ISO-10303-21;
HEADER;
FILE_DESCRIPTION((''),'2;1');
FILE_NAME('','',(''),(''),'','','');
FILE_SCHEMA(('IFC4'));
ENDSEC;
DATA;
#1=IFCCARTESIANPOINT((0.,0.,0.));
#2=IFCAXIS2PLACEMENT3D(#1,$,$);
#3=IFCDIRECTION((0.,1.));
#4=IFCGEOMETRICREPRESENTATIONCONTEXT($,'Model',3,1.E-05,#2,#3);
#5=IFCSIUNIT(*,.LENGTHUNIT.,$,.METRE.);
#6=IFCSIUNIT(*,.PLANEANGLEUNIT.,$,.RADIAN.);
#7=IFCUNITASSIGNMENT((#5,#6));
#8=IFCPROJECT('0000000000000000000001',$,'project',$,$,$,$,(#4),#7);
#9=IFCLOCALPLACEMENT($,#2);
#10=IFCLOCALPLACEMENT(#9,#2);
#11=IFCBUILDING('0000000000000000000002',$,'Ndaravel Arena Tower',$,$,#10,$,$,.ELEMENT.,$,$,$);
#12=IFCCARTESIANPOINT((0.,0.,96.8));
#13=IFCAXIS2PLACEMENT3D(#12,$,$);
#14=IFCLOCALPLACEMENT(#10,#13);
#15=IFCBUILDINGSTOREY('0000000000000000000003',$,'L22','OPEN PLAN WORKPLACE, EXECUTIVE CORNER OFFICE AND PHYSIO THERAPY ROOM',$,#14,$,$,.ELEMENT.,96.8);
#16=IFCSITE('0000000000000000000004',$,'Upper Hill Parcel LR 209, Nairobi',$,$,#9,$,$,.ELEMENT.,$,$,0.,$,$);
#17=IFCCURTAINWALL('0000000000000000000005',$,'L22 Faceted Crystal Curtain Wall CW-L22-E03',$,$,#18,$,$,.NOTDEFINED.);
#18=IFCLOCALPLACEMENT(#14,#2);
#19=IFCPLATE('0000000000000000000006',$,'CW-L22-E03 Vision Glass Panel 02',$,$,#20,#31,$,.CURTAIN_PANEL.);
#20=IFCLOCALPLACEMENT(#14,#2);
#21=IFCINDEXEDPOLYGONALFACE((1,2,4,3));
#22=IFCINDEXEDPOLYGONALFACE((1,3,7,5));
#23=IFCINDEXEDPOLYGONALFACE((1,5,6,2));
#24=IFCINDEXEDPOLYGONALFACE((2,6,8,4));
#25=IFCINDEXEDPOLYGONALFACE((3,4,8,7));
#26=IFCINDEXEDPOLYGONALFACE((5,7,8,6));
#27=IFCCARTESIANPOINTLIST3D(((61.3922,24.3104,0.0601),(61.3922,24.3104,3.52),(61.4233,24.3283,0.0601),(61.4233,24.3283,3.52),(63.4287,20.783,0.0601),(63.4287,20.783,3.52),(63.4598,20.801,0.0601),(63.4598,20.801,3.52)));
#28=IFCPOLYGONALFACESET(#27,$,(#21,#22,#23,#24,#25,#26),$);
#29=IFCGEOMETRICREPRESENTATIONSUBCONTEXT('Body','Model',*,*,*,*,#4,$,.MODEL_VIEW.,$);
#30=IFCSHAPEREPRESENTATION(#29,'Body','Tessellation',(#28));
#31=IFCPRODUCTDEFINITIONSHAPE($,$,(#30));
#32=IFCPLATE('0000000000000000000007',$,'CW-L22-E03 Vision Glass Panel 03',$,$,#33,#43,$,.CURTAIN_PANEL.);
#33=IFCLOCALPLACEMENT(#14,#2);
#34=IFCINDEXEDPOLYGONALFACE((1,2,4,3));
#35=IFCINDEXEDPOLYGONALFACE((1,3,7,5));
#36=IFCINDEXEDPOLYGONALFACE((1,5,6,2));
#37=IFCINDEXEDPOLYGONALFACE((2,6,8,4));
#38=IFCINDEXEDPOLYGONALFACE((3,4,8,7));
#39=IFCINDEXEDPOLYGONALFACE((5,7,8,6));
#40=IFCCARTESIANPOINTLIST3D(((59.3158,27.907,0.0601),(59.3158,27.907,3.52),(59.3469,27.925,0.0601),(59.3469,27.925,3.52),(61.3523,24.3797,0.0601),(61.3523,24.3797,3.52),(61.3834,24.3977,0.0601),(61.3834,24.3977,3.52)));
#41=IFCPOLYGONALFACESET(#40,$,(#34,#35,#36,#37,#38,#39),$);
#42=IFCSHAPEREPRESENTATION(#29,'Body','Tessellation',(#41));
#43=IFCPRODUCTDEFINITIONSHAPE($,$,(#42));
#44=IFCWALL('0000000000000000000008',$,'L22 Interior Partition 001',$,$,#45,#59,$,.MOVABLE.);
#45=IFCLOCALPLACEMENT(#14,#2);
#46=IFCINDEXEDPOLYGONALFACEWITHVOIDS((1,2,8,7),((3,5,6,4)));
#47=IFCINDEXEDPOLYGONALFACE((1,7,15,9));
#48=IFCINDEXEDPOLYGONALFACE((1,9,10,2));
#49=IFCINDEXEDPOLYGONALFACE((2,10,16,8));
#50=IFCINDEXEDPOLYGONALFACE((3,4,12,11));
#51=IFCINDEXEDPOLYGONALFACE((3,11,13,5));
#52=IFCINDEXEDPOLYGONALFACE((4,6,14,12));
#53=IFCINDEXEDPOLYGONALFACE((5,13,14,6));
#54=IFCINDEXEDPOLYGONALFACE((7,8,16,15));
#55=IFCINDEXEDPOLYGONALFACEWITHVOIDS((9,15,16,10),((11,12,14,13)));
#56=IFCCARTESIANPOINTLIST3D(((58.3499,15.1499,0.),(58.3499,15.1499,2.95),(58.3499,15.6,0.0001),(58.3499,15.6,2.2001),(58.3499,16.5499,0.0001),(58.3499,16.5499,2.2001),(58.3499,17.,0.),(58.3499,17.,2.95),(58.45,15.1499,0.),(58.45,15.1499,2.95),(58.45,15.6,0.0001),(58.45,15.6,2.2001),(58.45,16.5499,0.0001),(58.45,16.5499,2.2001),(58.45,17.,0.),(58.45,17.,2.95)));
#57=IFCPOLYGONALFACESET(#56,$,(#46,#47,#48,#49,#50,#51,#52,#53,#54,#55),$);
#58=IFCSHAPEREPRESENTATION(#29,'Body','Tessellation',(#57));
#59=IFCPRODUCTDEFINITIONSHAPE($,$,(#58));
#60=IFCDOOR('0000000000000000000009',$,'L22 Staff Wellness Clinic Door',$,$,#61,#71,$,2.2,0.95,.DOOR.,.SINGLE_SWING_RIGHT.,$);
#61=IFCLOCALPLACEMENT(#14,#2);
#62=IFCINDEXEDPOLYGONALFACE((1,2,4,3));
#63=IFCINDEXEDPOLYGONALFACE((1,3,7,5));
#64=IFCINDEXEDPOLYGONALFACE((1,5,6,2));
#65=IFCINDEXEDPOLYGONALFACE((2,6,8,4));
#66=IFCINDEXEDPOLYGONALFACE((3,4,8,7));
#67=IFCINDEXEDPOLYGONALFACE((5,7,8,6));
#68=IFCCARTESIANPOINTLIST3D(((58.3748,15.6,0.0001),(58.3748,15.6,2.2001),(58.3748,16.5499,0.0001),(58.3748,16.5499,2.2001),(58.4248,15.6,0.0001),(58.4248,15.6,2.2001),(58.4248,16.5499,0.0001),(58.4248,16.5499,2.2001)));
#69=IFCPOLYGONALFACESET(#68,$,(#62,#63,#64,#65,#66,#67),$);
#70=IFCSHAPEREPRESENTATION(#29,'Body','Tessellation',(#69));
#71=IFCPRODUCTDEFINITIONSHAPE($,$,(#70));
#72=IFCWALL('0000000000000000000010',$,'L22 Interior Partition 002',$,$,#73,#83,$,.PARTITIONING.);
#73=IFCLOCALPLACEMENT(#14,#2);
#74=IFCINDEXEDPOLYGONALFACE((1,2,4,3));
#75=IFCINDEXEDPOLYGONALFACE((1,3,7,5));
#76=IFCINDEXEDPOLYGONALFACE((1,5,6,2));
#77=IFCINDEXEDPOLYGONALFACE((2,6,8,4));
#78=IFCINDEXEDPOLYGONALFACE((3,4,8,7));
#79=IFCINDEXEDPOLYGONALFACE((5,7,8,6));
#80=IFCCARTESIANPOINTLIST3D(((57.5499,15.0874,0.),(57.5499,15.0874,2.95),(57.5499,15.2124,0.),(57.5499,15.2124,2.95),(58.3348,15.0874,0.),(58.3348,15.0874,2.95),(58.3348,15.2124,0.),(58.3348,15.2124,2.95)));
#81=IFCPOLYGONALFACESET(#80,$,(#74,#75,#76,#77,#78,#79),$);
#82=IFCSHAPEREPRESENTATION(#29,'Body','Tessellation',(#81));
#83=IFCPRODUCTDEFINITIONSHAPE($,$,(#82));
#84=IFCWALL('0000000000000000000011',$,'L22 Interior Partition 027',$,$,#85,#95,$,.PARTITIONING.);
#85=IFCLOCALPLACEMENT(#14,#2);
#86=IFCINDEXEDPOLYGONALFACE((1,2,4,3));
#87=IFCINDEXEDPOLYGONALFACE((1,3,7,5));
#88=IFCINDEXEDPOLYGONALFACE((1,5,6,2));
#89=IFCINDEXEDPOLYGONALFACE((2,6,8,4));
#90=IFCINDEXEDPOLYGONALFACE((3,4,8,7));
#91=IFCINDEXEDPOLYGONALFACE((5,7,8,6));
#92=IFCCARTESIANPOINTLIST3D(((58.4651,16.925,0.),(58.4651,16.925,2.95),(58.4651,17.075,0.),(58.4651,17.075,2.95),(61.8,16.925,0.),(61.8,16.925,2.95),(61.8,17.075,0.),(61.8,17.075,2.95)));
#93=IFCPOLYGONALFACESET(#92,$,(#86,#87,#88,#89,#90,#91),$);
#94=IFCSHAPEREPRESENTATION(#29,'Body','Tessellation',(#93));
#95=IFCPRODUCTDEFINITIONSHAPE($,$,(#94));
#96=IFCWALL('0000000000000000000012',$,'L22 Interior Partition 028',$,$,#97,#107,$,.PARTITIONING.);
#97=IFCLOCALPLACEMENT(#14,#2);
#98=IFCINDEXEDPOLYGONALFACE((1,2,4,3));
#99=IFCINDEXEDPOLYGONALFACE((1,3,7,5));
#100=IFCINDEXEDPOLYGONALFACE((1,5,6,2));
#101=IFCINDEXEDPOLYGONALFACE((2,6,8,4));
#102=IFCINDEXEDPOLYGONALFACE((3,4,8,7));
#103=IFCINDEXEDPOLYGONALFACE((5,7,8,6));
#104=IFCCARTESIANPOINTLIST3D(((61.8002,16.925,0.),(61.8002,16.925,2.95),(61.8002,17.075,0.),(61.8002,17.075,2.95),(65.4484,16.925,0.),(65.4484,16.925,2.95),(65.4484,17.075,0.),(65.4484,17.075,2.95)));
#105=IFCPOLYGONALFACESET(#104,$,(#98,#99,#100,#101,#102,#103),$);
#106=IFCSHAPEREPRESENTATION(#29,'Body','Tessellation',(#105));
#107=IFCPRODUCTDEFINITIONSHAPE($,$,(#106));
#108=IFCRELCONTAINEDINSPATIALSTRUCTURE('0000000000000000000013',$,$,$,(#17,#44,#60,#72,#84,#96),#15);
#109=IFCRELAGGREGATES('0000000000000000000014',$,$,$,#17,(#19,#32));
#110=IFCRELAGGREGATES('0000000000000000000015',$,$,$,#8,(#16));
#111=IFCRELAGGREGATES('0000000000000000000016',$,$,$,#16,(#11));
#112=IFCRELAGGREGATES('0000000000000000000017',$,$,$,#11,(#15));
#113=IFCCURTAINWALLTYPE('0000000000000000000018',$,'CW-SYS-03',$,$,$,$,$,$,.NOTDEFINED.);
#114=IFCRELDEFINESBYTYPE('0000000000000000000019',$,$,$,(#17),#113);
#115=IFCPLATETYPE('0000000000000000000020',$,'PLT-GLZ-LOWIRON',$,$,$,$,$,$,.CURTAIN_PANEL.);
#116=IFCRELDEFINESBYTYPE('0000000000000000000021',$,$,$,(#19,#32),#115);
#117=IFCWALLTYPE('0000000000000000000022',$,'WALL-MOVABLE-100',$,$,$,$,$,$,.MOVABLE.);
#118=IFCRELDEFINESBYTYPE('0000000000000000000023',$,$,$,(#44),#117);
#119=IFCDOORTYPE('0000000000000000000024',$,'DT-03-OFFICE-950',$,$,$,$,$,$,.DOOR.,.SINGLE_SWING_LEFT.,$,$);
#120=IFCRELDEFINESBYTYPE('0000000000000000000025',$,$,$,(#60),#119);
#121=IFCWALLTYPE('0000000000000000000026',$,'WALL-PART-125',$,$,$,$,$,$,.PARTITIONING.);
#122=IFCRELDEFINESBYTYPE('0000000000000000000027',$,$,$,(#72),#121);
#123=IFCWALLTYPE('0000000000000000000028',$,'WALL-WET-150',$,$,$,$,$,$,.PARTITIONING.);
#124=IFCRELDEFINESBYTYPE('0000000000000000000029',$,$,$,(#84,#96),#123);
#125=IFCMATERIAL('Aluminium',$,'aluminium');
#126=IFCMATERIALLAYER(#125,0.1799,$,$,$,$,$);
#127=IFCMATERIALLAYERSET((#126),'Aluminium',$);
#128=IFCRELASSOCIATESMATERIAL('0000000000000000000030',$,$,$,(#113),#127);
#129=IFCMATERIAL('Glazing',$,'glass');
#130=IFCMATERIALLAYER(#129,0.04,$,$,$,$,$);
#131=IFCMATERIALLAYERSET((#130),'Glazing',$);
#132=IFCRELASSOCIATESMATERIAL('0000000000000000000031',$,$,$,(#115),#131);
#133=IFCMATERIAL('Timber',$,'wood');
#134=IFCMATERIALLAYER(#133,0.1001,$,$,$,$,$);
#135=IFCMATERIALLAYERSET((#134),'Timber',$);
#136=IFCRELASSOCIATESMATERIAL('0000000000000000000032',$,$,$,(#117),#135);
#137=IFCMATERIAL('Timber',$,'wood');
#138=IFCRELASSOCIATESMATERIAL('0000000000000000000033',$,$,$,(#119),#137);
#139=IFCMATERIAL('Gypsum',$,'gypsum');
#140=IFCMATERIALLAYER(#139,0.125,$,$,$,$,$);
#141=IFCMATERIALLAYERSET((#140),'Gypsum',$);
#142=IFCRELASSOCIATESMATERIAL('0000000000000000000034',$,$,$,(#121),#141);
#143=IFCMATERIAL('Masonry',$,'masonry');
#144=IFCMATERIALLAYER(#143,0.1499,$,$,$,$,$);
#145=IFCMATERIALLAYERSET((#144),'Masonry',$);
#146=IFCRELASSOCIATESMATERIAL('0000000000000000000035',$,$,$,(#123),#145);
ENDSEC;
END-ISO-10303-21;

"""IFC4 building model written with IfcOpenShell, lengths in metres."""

from ifc_helpers import new_model, si_unit, direction, frame, frame_2d, origin, origin_2d, place, context, subcontext, project, spatial, rectangle, extrude, material, layer, layer_set, type_object, element, fill, aggregate, save


model = new_model("IFC4")

# Units and contexts
model_context = context("Model", 3, precision=1e-05, world=origin(), true_north=direction((0.0, 1.0)))
body_context = subcontext(model_context, "Body", "Model", "MODEL_VIEW")
ifc_project = project(units=[si_unit("LENGTHUNIT", "METRE"), si_unit("PLANEANGLEUNIT", "RADIAN")], contexts=[model_context])

# Site, building, storey
site_placement = place(None, origin())
site = spatial("IfcSite", under=ifc_project, at=site_placement, Name="Upper Hill Parcel LR 209, Nairobi", CompositionType="ELEMENT", RefElevation=0.0)
building_placement = place(site_placement, origin())
building = spatial("IfcBuilding", under=site, at=building_placement, Name="Ndaravel Arena Tower", CompositionType="ELEMENT")
storey_placement = place(building_placement, frame((0.0, 0.0, 96.8)))
storey = spatial("IfcBuildingStorey", under=building, at=storey_placement, Name="L22", Description="OPEN PLAN WORKPLACE, EXECUTIVE CORNER OFFICE AND PHYSIO THERAPY ROOM", CompositionType="ELEMENT", Elevation=96.8)

# Curtain wall
ifc_material_1 = material(Name="Aluminium", Category="aluminium")
ifc_layer_1 = layer(ifc_material_1, 0.1799)
ifc_layer_set_1 = layer_set([ifc_layer_1], Name="Aluminium")
curtain_wall_type_1 = type_object("IfcCurtainWallType", Name="CW-SYS-03", PredefinedType="NOTDEFINED", material=ifc_layer_set_1)
curtain_wall_1_placement = place(storey_placement, origin())
curtain_wall_1 = element("IfcCurtainWall", 1, at=curtain_wall_1_placement, inside=storey, type_object=curtain_wall_type_1, Name="L22 Faceted Crystal Curtain Wall CW-L22-E03", PredefinedType="NOTDEFINED")

# Plates
ifc_material_2 = material(Name="Glazing", Category="glass")
ifc_layer_2 = layer(ifc_material_2, 0.04)
ifc_layer_set_2 = layer_set([ifc_layer_2], Name="Glazing")
plate_type_1 = type_object("IfcPlateType", Name="PLT-GLZ-LOWIRON", PredefinedType="CURTAIN_PANEL", material=ifc_layer_set_2)
plate_1_placement = place(storey_placement, frame((62.426, 22.5557, 0.0601), z_axis=(0.0, 0.0, 1.0), x_axis=(-0.5, 0.866025, 0.0)))
plate_1 = element("IfcPlate", 2, at=plate_1_placement, type_object=plate_type_1, Name="CW-L22-E03 Vision Glass Panel 02", PredefinedType="CURTAIN_PANEL", context=body_context, shape_type="SweptSolid", body=[
    extrude(rectangle(XDim=4.073, YDim=0.0359, at=origin_2d()), origin(), (0.0, 0.0, 1.0), 3.46),
])
plate_2_placement = place(storey_placement, frame((60.3496, 26.1523, 0.0601), z_axis=(0.0, 0.0, 1.0), x_axis=(-0.5, 0.866025, 0.0)))
plate_2 = element("IfcPlate", 3, at=plate_2_placement, type_object=plate_type_1, Name="CW-L22-E03 Vision Glass Panel 03", PredefinedType="CURTAIN_PANEL", context=body_context, shape_type="SweptSolid", body=[
    extrude(rectangle(XDim=4.073, YDim=0.0359, at=origin_2d()), origin(), (0.0, 0.0, 1.0), 3.46),
])
aggregate(curtain_wall_1, [plate_1, plate_2])

# Wall, opening, door
ifc_material_3 = material(Name="Timber", Category="wood")
ifc_layer_3 = layer(ifc_material_3, 0.1001)
ifc_layer_set_3 = layer_set([ifc_layer_3], Name="Timber")
wall_type_1 = type_object("IfcWallType", Name="WALL-MOVABLE-100", PredefinedType="MOVABLE", material=ifc_layer_set_3)
wall_1_placement = place(storey_placement, frame((58.3999, 17.0, 0.0), z_axis=(0.0, 0.0, 1.0), x_axis=(0.0, -1.0, 0.0)))
wall_1 = element("IfcWall", 4, at=wall_1_placement, inside=storey, type_object=wall_type_1, Name="L22 Interior Partition 001", PredefinedType="MOVABLE", context=body_context, shape_type="SweptSolid", body=[
    extrude(rectangle(XDim=1.8501, YDim=0.1001, at=frame_2d((0.925, 0.0))), origin(), (0.0, 0.0, 1.0), 2.95),
])
opening_placement = place(wall_1_placement, frame((0.45, 0.0, 0.0)))
opening = element("IfcOpeningElement", 5, at=opening_placement, cuts=wall_1, PredefinedType="OPENING", context=body_context, shape_type="SweptSolid", body=[
    extrude(rectangle(XDim=0.95, YDim=2.2, at=frame_2d((0.4751, 1.1001))), frame((0.0, 0.05, 0.0), z_axis=(0.0, -1.0, 0.0), x_axis=(1.0, 0.0, 0.0)), (0.0, 0.0, 1.0), 0.1001),
])
ifc_material_4 = material(Name="Timber", Category="wood")
door_type = type_object("IfcDoorType", Name="DT-03-OFFICE-950", OperationType="SINGLE_SWING_LEFT", PredefinedType="DOOR", material=ifc_material_4)
door_placement = place(opening_placement, origin())
door = element("IfcDoor", 6, at=door_placement, inside=storey, type_object=door_type, Name="L22 Staff Wellness Clinic Door", OperationType="SINGLE_SWING_RIGHT", OverallHeight=2.2, OverallWidth=0.95, PredefinedType="DOOR", context=body_context, shape_type="SweptSolid", body=[
    extrude(rectangle(XDim=0.95, YDim=2.2, at=frame_2d((0.4751, 1.1001))), frame((0.0, 0.0249, 0.0), z_axis=(0.0, -1.0, 0.0), x_axis=(1.0, 0.0, 0.0)), (0.0, 0.0, 1.0), 0.05),
])
fill(opening, door)

# Walls
ifc_material_5 = material(Name="Gypsum", Category="gypsum")
ifc_layer_4 = layer(ifc_material_5, 0.125)
ifc_layer_set_4 = layer_set([ifc_layer_4], Name="Gypsum")
wall_type_2 = type_object("IfcWallType", Name="WALL-PART-125", PredefinedType="PARTITIONING", material=ifc_layer_set_4)
wall_2_placement = place(storey_placement, frame((58.335, 15.1499, 0.0), z_axis=(0.0, 0.0, 1.0), x_axis=(-1.0, 0.0, 0.0)))
element("IfcWall", 7, at=wall_2_placement, inside=storey, type_object=wall_type_2, Name="L22 Interior Partition 002", PredefinedType="PARTITIONING", context=body_context, shape_type="SweptSolid", body=[
    extrude(rectangle(XDim=0.7849, YDim=0.125, at=frame_2d((0.3926, 0.0))), origin(), (0.0, 0.0, 1.0), 2.95),
])
ifc_material_6 = material(Name="Masonry", Category="masonry")
ifc_layer_5 = layer(ifc_material_6, 0.1499)
ifc_layer_set_5 = layer_set([ifc_layer_5], Name="Masonry")
wall_type_3 = type_object("IfcWallType", Name="WALL-WET-150", PredefinedType="PARTITIONING", material=ifc_layer_set_5)
wall_3_placement = place(storey_placement, frame((58.4651, 17.0, 0.0), z_axis=(0.0, 0.0, 1.0), x_axis=(1.0, 0.0, 0.0)))
element("IfcWall", 8, at=wall_3_placement, inside=storey, type_object=wall_type_3, Name="L22 Interior Partition 027", PredefinedType="PARTITIONING", context=body_context, shape_type="SweptSolid", body=[
    extrude(rectangle(XDim=3.335, YDim=0.1499, at=frame_2d((1.6675, 0.0))), origin(), (0.0, 0.0, 1.0), 2.95),
])
wall_4_placement = place(storey_placement, frame((61.8, 17.0, 0.0), z_axis=(0.0, 0.0, 1.0), x_axis=(1.0, 0.0, 0.0)))
element("IfcWall", 9, at=wall_4_placement, inside=storey, type_object=wall_type_3, Name="L22 Interior Partition 028", PredefinedType="PARTITIONING", context=body_context, shape_type="SweptSolid", body=[
    extrude(rectangle(XDim=3.6482, YDim=0.1499, at=frame_2d((1.8242, 0.0))), origin(), (0.0, 0.0, 1.0), 2.95),
])

save(model, "model.ifc")
